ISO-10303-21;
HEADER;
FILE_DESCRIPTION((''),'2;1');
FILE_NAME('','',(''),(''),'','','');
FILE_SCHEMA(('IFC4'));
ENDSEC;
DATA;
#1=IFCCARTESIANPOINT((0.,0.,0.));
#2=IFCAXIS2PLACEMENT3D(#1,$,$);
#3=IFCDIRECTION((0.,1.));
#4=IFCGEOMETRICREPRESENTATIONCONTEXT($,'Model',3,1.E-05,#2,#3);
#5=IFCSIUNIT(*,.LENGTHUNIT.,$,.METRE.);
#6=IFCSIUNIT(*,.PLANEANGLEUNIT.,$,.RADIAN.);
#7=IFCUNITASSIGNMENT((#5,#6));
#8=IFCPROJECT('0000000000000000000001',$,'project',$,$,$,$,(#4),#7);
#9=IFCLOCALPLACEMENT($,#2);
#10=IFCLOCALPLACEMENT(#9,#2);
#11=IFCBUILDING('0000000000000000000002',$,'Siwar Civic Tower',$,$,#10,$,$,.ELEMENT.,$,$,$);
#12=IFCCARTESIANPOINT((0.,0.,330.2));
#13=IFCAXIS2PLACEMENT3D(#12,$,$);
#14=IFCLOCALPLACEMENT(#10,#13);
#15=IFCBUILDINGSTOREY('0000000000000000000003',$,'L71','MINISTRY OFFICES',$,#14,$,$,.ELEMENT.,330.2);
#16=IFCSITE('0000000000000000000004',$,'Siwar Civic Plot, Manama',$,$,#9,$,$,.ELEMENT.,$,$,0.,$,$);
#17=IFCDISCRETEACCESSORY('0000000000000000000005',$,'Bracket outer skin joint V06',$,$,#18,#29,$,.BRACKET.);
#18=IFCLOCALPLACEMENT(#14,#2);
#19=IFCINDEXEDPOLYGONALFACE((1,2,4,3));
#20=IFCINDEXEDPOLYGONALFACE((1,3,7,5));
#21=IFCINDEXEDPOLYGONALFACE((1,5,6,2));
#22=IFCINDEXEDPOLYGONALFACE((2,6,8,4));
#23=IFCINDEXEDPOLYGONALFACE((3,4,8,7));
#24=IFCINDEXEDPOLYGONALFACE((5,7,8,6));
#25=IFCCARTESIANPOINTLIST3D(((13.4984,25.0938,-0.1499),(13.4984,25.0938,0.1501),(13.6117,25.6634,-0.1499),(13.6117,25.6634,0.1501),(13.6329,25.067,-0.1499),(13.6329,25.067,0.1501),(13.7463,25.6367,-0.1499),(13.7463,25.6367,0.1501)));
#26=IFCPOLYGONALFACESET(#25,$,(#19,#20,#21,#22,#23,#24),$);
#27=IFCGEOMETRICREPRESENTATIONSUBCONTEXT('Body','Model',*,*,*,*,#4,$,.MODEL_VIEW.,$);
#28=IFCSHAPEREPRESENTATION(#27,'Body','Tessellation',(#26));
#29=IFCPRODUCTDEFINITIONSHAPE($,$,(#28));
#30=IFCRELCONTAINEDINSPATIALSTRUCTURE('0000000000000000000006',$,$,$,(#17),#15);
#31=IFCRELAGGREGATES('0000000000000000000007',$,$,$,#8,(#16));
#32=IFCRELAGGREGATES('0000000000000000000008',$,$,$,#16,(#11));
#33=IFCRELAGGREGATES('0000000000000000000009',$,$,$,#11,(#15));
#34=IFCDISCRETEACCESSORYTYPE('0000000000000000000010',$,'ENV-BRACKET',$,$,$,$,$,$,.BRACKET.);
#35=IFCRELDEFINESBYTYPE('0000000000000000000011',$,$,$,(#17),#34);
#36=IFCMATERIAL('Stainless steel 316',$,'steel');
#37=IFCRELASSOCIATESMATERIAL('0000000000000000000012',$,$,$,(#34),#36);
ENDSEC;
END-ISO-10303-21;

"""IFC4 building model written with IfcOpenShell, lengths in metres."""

from ifc_helpers import new_model, si_unit, direction, frame, origin, origin_2d, place, context, subcontext, project, spatial, rectangle, extrude, material, type_object, element, save


model = new_model("IFC4")

# Units and contexts
model_context = context("Model", 3, precision=1e-05, world=origin(), true_north=direction((0.0, 1.0)))
body_context = subcontext(model_context, "Body", "Model", "MODEL_VIEW")
ifc_project = project(units=[si_unit("LENGTHUNIT", "METRE"), si_unit("PLANEANGLEUNIT", "RADIAN")], contexts=[model_context])

# Site, building, storey
site_placement = place(None, origin())
site = spatial("IfcSite", under=ifc_project, at=site_placement, Name="Siwar Civic Plot, Manama", CompositionType="ELEMENT", RefElevation=0.0)
building_placement = place(site_placement, origin())
building = spatial("IfcBuilding", under=site, at=building_placement, Name="Siwar Civic Tower", CompositionType="ELEMENT")
storey_placement = place(building_placement, frame((0.0, 0.0, 330.2)))
storey = spatial("IfcBuildingStorey", under=building, at=storey_placement, Name="L71", Description="MINISTRY OFFICES", CompositionType="ELEMENT", Elevation=330.2)

# Discrete accessory
ifc_material_1 = material(Name="Stainless steel 316", Category="steel")
discrete_accessory_type = type_object("IfcDiscreteAccessoryType", Name="ENV-BRACKET", PredefinedType="BRACKET", material=ifc_material_1)
discrete_accessory_1_placement = place(storey_placement, frame((13.6223, 25.3652, -0.1499), z_axis=(0.0, 0.0, 1.0), x_axis=(0.19509, 0.980785, 0.0)))
element("IfcDiscreteAccessory", 1, at=discrete_accessory_1_placement, inside=storey, type_object=discrete_accessory_type, Name="Bracket outer skin joint V06", PredefinedType="BRACKET", context=body_context, shape_type="SweptSolid", body=[
    extrude(rectangle(XDim=0.5808, YDim=0.1372, at=origin_2d()), origin(), (0.0, 0.0, 1.0), 0.3),
])

save(model, "model.ifc")
